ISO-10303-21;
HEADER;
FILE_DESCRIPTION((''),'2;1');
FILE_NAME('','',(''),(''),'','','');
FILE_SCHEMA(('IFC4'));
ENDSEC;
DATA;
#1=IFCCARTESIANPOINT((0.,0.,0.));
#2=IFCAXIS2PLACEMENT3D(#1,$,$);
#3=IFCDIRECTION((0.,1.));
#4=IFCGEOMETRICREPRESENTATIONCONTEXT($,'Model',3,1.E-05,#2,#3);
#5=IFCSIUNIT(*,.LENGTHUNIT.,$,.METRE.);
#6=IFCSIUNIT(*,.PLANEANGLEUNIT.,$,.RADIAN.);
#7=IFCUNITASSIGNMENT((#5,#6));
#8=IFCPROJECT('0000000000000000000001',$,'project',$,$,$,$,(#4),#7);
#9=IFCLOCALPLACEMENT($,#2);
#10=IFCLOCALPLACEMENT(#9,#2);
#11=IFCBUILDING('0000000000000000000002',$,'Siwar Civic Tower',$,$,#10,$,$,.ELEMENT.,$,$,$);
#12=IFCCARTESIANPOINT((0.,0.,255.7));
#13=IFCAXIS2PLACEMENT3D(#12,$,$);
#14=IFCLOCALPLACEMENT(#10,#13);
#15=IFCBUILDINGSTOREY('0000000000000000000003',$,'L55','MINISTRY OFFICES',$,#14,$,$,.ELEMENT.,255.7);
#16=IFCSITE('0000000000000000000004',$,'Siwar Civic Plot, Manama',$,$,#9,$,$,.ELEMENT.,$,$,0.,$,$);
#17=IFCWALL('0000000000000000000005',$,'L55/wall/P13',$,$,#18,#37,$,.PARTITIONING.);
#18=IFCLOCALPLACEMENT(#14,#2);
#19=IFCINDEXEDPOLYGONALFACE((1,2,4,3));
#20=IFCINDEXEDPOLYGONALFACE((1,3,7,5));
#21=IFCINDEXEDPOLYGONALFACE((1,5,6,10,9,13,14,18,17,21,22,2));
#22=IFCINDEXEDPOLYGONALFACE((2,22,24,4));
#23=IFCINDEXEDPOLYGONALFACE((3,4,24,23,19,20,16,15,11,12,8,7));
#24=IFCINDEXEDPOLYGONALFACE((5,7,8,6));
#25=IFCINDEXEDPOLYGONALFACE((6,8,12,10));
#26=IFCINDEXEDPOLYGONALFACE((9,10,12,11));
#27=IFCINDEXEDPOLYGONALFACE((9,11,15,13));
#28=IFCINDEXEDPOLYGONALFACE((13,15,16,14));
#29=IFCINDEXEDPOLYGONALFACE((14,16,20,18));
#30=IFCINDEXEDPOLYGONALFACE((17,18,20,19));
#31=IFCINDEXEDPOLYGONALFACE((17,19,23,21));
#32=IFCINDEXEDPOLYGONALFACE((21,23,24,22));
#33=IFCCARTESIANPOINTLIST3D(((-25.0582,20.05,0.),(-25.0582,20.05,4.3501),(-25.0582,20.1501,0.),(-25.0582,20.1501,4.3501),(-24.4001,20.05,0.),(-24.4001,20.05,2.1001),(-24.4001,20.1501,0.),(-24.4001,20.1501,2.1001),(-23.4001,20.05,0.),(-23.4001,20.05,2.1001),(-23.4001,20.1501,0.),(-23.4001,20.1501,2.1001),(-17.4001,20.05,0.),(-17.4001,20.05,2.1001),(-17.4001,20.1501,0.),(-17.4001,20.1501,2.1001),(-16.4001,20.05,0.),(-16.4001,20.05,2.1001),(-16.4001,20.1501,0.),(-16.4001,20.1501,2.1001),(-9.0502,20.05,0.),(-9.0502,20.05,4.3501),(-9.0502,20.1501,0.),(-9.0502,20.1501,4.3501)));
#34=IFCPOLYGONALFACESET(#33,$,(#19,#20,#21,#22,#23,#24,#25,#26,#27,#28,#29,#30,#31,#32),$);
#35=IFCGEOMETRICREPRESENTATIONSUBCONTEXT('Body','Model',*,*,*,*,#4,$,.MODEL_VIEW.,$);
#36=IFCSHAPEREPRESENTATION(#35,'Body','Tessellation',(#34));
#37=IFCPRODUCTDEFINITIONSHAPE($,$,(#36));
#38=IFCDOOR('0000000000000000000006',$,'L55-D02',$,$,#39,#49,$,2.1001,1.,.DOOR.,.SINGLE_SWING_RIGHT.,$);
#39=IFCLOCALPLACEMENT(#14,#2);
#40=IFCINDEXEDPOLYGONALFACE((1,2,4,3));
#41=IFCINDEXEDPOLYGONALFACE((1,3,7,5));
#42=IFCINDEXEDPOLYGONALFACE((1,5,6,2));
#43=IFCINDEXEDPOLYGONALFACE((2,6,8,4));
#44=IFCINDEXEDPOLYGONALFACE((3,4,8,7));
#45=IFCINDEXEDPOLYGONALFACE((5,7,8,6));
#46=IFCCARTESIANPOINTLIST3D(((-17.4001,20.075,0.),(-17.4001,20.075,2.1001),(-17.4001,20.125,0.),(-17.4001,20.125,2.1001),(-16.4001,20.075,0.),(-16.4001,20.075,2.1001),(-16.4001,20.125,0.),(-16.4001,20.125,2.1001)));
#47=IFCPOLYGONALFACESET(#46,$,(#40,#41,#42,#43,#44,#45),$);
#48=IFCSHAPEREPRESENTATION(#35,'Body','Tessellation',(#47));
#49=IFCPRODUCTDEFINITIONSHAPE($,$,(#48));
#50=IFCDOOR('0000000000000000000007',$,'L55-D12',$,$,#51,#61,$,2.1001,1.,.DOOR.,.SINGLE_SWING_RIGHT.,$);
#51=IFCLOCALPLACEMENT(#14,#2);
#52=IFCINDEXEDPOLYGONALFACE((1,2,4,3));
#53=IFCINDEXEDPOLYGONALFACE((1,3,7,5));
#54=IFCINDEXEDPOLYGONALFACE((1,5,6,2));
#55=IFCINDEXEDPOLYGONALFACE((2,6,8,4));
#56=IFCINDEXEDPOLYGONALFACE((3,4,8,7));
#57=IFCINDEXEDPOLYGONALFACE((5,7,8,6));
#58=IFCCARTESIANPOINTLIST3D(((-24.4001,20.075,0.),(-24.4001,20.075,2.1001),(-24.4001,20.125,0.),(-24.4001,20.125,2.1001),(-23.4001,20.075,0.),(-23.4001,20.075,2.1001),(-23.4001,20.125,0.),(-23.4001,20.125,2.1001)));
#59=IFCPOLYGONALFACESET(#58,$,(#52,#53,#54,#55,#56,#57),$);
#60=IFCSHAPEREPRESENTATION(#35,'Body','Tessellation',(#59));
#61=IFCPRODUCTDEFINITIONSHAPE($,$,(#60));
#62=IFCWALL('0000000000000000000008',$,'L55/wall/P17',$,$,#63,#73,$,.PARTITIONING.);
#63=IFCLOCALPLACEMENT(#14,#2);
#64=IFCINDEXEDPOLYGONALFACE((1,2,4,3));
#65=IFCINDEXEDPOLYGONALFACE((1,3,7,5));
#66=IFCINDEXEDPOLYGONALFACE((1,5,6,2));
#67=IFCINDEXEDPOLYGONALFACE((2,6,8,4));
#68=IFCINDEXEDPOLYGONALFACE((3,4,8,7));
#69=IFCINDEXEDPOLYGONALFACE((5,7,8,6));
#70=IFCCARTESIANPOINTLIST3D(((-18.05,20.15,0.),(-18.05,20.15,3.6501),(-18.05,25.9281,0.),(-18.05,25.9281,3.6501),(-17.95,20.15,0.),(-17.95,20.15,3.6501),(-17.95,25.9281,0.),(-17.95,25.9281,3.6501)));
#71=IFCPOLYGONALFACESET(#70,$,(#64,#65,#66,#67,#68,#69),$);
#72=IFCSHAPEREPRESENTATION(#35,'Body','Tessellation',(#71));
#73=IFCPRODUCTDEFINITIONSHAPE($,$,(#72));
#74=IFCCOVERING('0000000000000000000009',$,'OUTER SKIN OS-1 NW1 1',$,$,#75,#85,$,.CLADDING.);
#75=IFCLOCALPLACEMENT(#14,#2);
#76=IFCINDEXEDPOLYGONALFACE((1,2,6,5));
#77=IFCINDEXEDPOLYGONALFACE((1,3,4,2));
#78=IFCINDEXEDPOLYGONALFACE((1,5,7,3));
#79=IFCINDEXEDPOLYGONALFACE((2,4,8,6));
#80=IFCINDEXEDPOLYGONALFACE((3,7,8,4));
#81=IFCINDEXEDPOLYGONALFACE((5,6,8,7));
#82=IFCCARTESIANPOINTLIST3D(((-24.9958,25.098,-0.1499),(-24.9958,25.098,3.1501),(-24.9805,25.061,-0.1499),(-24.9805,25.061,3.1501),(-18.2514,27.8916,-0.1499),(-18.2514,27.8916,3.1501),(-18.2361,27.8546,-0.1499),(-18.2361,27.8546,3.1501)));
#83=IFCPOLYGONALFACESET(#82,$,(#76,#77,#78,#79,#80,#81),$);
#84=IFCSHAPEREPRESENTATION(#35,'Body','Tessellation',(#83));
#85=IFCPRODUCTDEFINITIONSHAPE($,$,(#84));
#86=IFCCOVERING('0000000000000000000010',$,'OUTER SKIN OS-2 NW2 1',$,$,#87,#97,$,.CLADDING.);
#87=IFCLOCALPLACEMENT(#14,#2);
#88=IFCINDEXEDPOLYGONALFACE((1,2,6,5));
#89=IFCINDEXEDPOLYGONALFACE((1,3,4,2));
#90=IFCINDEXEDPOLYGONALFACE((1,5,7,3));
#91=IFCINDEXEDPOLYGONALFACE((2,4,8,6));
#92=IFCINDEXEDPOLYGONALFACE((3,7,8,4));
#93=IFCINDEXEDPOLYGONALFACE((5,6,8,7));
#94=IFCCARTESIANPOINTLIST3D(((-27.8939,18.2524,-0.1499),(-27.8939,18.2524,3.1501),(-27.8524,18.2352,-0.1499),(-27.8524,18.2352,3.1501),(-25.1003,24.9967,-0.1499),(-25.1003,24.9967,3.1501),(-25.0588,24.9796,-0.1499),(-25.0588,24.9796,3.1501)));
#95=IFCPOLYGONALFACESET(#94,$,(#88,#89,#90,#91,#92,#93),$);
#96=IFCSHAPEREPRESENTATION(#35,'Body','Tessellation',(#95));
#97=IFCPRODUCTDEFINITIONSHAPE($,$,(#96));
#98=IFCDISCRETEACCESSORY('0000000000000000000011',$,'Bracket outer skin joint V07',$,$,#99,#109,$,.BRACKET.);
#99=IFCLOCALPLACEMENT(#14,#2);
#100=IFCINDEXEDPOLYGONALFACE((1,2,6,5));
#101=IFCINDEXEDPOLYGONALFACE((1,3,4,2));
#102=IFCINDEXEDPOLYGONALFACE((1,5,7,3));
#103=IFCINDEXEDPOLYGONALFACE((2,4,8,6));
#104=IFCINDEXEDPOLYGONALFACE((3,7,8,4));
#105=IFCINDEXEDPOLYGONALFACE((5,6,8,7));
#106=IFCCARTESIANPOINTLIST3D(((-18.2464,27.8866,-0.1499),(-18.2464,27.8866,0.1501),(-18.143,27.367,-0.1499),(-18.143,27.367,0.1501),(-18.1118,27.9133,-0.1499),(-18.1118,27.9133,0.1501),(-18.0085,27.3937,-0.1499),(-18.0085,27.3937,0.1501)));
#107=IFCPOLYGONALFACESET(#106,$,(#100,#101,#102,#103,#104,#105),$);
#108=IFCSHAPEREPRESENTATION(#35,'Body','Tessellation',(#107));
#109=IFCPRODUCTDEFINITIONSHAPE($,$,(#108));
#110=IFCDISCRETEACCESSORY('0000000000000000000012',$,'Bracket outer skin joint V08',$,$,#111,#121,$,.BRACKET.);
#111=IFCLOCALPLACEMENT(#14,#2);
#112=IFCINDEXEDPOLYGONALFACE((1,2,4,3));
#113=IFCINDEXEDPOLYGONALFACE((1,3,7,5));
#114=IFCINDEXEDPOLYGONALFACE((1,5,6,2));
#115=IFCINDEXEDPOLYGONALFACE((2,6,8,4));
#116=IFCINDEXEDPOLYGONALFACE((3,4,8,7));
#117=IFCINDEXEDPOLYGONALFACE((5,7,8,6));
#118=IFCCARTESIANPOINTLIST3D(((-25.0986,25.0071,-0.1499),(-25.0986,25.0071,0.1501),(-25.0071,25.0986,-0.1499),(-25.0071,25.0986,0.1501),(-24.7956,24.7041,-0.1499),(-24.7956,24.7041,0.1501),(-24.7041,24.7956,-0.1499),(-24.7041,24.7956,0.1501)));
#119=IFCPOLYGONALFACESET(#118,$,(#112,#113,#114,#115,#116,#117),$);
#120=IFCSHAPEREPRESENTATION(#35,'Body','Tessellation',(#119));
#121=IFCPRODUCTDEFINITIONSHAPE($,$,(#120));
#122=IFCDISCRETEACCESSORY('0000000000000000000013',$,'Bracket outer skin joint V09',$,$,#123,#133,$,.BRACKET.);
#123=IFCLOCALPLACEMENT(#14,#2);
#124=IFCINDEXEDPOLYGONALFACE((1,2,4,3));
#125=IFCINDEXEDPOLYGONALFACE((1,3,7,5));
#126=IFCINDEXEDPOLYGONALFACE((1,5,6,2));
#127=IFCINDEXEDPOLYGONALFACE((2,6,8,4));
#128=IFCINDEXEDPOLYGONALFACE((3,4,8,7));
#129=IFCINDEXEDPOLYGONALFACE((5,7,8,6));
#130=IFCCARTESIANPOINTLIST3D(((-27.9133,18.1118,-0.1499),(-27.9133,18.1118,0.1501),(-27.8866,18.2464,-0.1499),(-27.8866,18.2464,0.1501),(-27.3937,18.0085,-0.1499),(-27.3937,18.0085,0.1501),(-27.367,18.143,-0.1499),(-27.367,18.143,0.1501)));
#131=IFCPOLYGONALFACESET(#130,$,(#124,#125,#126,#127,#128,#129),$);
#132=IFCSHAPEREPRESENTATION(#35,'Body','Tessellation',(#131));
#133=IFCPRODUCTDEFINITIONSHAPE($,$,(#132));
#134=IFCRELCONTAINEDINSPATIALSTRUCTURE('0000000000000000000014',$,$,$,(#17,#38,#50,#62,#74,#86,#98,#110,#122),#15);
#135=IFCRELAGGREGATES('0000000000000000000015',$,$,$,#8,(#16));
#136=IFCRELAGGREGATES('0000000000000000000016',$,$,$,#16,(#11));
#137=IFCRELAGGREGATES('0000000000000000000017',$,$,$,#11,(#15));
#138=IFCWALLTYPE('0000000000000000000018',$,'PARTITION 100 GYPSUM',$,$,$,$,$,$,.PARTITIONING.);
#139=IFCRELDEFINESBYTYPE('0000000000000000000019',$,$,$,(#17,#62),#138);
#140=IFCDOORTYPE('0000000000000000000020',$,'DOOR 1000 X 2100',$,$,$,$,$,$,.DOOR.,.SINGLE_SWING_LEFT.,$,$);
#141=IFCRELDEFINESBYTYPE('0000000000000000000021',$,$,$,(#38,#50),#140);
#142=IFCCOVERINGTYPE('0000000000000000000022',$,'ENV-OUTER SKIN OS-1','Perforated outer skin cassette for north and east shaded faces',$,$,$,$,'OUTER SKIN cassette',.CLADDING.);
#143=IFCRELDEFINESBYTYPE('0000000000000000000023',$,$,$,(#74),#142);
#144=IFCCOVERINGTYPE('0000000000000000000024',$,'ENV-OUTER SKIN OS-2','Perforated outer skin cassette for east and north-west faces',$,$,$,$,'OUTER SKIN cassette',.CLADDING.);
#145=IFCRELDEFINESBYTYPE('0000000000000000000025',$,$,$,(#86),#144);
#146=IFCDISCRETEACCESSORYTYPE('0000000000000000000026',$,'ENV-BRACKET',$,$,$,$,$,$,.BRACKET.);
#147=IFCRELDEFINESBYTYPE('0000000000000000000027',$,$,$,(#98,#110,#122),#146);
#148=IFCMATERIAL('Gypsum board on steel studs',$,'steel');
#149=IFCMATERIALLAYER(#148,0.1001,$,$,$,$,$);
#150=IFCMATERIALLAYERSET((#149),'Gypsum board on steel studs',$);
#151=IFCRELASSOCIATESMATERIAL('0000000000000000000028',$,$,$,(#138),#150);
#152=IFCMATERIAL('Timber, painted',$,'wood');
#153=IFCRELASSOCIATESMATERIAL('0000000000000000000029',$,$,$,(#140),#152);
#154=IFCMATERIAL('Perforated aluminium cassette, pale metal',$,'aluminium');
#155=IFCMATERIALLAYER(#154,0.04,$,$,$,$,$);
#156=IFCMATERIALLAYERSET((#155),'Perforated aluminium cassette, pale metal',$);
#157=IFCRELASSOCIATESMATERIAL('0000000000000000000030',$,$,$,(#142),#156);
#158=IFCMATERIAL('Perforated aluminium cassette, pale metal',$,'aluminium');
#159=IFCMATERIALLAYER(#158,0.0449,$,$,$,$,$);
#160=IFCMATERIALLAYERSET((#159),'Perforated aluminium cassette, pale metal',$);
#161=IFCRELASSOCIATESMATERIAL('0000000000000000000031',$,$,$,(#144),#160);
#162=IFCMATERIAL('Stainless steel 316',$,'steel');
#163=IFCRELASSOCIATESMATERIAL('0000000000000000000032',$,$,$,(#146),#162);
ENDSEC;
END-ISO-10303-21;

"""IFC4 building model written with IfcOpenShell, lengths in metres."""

from ifc_helpers import new_model, si_unit, direction, frame, frame_2d, origin, origin_2d, place, context, subcontext, project, spatial, rectangle, extrude, material, layer, layer_set, type_object, element, fill, save


model = new_model("IFC4")

# Units and contexts
model_context = context("Model", 3, precision=1e-05, world=origin(), true_north=direction((0.0, 1.0)))
body_context = subcontext(model_context, "Body", "Model", "MODEL_VIEW")
ifc_project = project(units=[si_unit("LENGTHUNIT", "METRE"), si_unit("PLANEANGLEUNIT", "RADIAN")], contexts=[model_context])

# Site, building, storey
site_placement = place(None, origin())
site = spatial("IfcSite", under=ifc_project, at=site_placement, Name="Siwar Civic Plot, Manama", CompositionType="ELEMENT", RefElevation=0.0)
building_placement = place(site_placement, origin())
building = spatial("IfcBuilding", under=site, at=building_placement, Name="Siwar Civic Tower", CompositionType="ELEMENT")
storey_placement = place(building_placement, frame((0.0, 0.0, 255.7)))
storey = spatial("IfcBuildingStorey", under=building, at=storey_placement, Name="L55", Description="MINISTRY OFFICES", CompositionType="ELEMENT", Elevation=255.7)

# Wall, openings, doors
ifc_material_1 = material(Name="Gypsum board on steel studs", Category="steel")
ifc_layer_1 = layer(ifc_material_1, 0.1001)
ifc_layer_set_1 = layer_set([ifc_layer_1], Name="Gypsum board on steel studs")
wall_type = type_object("IfcWallType", Name="PARTITION 100 GYPSUM", PredefinedType="PARTITIONING", material=ifc_layer_set_1)
wall_1_placement = place(storey_placement, frame((-25.0581, 20.1001, 0.0), z_axis=(0.0, 0.0, 1.0), x_axis=(1.0, 0.0, 0.0)))
wall_1 = element("IfcWall", 1, at=wall_1_placement, inside=storey, type_object=wall_type, Name="L55/wall/P13", PredefinedType="PARTITIONING", context=body_context, shape_type="SweptSolid", body=[
    extrude(rectangle(XDim=16.0081, YDim=0.1001, at=frame_2d((8.0039, 0.0))), origin(), (0.0, 0.0, 1.0), 4.3501),
])
opening_1_placement = place(wall_1_placement, frame((7.658, 0.0, 0.0)))
opening_1 = element("IfcOpeningElement", 2, at=opening_1_placement, cuts=wall_1, PredefinedType="OPENING", context=body_context, shape_type="SweptSolid", body=[
    extrude(rectangle(XDim=1.0, YDim=2.1001, at=frame_2d((0.5, 1.05))), frame((0.0, 0.0601, 0.0), z_axis=(0.0, -1.0, 0.0), x_axis=(1.0, 0.0, 0.0)), (0.0, 0.0, 1.0), 0.1201),
])
opening_2_placement = place(wall_1_placement, frame((0.658, 0.0, 0.0)))
opening_2 = element("IfcOpeningElement", 3, at=opening_2_placement, cuts=wall_1, PredefinedType="OPENING", context=body_context, shape_type="SweptSolid", body=[
    extrude(rectangle(XDim=1.0, YDim=2.1001, at=frame_2d((0.5, 1.05))), frame((0.0, 0.0601, 0.0), z_axis=(0.0, -1.0, 0.0), x_axis=(1.0, 0.0, 0.0)), (0.0, 0.0, 1.0), 0.1201),
])
ifc_material_2 = material(Name="Timber, painted", Category="wood")
door_type = type_object("IfcDoorType", Name="DOOR 1000 X 2100", OperationType="SINGLE_SWING_LEFT", PredefinedType="DOOR", material=ifc_material_2)
door_1_placement = place(opening_1_placement, origin())
door_1 = element("IfcDoor", 4, at=door_1_placement, inside=storey, type_object=door_type, Name="L55-D02", OperationType="SINGLE_SWING_RIGHT", OverallHeight=2.1001, OverallWidth=1.0, PredefinedType="DOOR", context=body_context, shape_type="SweptSolid", body=[
    extrude(rectangle(XDim=1.0, YDim=2.1001, at=frame_2d((0.5, 1.05))), frame((0.0, 0.0249, 0.0), z_axis=(0.0, -1.0, 0.0), x_axis=(1.0, 0.0, 0.0)), (0.0, 0.0, 1.0), 0.05),
])
fill(opening_1, door_1)
door_2_placement = place(opening_2_placement, origin())
door_2 = element("IfcDoor", 5, at=door_2_placement, inside=storey, type_object=door_type, Name="L55-D12", OperationType="SINGLE_SWING_RIGHT", OverallHeight=2.1001, OverallWidth=1.0, PredefinedType="DOOR", context=body_context, shape_type="SweptSolid", body=[
    extrude(rectangle(XDim=1.0, YDim=2.1001, at=frame_2d((0.5, 1.05))), frame((0.0, 0.0249, 0.0), z_axis=(0.0, -1.0, 0.0), x_axis=(1.0, 0.0, 0.0)), (0.0, 0.0, 1.0), 0.05),
])
fill(opening_2, door_2)

# Wall
wall_2_placement = place(storey_placement, frame((-18.0, 20.1499, 0.0), z_axis=(0.0, 0.0, 1.0), x_axis=(0.0, 1.0, 0.0)))
element("IfcWall", 6, at=wall_2_placement, inside=storey, type_object=wall_type, Name="L55/wall/P17", PredefinedType="PARTITIONING", context=body_context, shape_type="SweptSolid", body=[
    extrude(rectangle(XDim=5.7781, YDim=0.1001, at=frame_2d((2.8892, 0.0))), origin(), (0.0, 0.0, 1.0), 3.6501),
])

# Coverings
ifc_material_3 = material(Name="Perforated aluminium cassette, pale metal", Category="aluminium")
ifc_layer_2 = layer(ifc_material_3, 0.04)
ifc_layer_set_2 = layer_set([ifc_layer_2], Name="Perforated aluminium cassette, pale metal")
covering_type_1 = type_object("IfcCoveringType", Name="ENV-OUTER SKIN OS-1", Description="Perforated outer skin cassette for north and east shaded faces", ElementType="OUTER SKIN cassette", PredefinedType="CLADDING", material=ifc_layer_set_2)
covering_1_placement = place(storey_placement, frame((-21.616, 26.4763, -0.1499), z_axis=(0.0, 0.0, 1.0), x_axis=(-0.92388, -0.382683, 0.0)))
element("IfcCovering", 7, at=covering_1_placement, inside=storey, type_object=covering_type_1, Name="OUTER SKIN OS-1 NW1 1", PredefinedType="CLADDING", context=body_context, shape_type="SweptSolid", body=[
    extrude(rectangle(XDim=7.3, YDim=0.04, at=origin_2d()), origin(), (0.0, 0.0, 1.0), 3.3),
])
ifc_material_4 = material(Name="Perforated aluminium cassette, pale metal", Category="aluminium")
ifc_layer_3 = layer(ifc_material_4, 0.0449)
ifc_layer_set_3 = layer_set([ifc_layer_3], Name="Perforated aluminium cassette, pale metal")
covering_type_2 = type_object("IfcCoveringType", Name="ENV-OUTER SKIN OS-2", Description="Perforated outer skin cassette for east and north-west faces", ElementType="OUTER SKIN cassette", PredefinedType="CLADDING", material=ifc_layer_set_3)
covering_2_placement = place(storey_placement, frame((-26.4763, 21.616, -0.1499), z_axis=(0.0, 0.0, 1.0), x_axis=(-0.382683, -0.92388, 0.0)))
element("IfcCovering", 8, at=covering_2_placement, inside=storey, type_object=covering_type_2, Name="OUTER SKIN OS-2 NW2 1", PredefinedType="CLADDING", context=body_context, shape_type="SweptSolid", body=[
    extrude(rectangle(XDim=7.3, YDim=0.0449, at=origin_2d()), origin(), (0.0, 0.0, 1.0), 3.3),
])

# Discrete accessories
ifc_material_5 = material(Name="Stainless steel 316", Category="steel")
discrete_accessory_type = type_object("IfcDiscreteAccessoryType", Name="ENV-BRACKET", PredefinedType="BRACKET", material=ifc_material_5)
discrete_accessory_1_placement = place(storey_placement, frame((-18.1274, 27.6401, -0.1499), z_axis=(0.0, 0.0, 1.0), x_axis=(-0.19509, 0.980785, 0.0)))
element("IfcDiscreteAccessory", 9, at=discrete_accessory_1_placement, inside=storey, type_object=discrete_accessory_type, Name="Bracket outer skin joint V07", PredefinedType="BRACKET", context=body_context, shape_type="SweptSolid", body=[
    extrude(rectangle(XDim=0.5298, YDim=0.1372, at=origin_2d()), origin(), (0.0, 0.0, 1.0), 0.3),
])
discrete_accessory_2_placement = place(storey_placement, frame((-24.9014, 24.9014, -0.1499), z_axis=(0.0, 0.0, 1.0), x_axis=(-0.707107, 0.707107, 0.0)))
element("IfcDiscreteAccessory", 10, at=discrete_accessory_2_placement, inside=storey, type_object=discrete_accessory_type, Name="Bracket outer skin joint V08", PredefinedType="BRACKET", context=body_context, shape_type="SweptSolid", body=[
    extrude(rectangle(XDim=0.4285, YDim=0.1294, at=origin_2d()), origin(), (0.0, 0.0, 1.0), 0.3),
])
discrete_accessory_3_placement = place(storey_placement, frame((-27.6401, 18.1274, -0.1499), z_axis=(0.0, 0.0, 1.0), x_axis=(-0.980785, 0.19509, 0.0)))
element("IfcDiscreteAccessory", 11, at=discrete_accessory_3_placement, inside=storey, type_object=discrete_accessory_type, Name="Bracket outer skin joint V09", PredefinedType="BRACKET", context=body_context, shape_type="SweptSolid", body=[
    extrude(rectangle(XDim=0.5298, YDim=0.1372, at=origin_2d()), origin(), (0.0, 0.0, 1.0), 0.3),
])

save(model, "model.ifc")
